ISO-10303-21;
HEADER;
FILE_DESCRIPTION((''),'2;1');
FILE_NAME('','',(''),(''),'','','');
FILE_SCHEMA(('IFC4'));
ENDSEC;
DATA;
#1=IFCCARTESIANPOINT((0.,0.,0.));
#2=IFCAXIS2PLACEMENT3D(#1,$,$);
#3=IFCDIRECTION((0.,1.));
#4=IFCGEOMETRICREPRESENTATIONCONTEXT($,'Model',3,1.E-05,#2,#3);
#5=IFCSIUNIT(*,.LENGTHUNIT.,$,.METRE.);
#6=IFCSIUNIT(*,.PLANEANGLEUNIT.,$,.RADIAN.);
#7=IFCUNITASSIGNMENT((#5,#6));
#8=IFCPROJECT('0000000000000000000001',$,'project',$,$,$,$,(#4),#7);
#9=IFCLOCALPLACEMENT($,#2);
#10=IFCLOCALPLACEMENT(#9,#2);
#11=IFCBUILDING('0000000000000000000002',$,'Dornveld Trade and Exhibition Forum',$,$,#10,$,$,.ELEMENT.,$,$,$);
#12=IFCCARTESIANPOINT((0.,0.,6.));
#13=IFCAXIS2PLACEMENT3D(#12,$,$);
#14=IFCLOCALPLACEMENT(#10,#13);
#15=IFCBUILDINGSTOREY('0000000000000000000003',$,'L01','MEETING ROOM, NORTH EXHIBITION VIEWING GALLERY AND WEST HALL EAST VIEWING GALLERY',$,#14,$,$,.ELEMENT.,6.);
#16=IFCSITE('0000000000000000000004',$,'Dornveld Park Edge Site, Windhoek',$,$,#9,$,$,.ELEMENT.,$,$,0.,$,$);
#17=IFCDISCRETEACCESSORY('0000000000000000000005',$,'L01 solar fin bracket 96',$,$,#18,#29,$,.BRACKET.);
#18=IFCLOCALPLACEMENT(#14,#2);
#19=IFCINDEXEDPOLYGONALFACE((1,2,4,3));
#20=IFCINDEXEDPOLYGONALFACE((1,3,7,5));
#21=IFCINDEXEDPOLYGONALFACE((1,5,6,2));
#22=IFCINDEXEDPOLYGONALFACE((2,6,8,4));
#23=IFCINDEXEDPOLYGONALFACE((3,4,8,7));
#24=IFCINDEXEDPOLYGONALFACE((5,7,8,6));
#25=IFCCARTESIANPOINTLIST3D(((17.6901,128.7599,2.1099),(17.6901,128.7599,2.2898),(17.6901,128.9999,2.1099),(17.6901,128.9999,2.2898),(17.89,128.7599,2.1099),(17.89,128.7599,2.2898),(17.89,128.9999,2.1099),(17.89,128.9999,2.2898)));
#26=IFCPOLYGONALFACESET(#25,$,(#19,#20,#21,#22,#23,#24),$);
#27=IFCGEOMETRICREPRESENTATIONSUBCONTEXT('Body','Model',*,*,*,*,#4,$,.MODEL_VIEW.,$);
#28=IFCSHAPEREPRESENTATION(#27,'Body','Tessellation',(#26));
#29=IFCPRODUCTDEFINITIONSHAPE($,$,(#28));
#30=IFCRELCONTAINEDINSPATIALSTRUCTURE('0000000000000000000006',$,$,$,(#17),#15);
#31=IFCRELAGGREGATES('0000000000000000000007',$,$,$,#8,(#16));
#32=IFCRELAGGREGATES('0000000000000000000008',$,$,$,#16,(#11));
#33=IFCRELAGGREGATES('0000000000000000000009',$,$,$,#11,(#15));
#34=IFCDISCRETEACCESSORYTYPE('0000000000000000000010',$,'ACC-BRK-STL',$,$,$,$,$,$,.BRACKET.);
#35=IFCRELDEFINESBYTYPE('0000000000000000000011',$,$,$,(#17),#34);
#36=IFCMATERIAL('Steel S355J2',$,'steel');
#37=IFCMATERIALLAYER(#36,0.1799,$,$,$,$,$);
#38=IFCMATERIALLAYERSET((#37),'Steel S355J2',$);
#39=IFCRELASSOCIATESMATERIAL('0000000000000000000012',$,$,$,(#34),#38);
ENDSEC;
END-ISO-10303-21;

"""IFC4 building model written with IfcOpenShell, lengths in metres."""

from ifc_helpers import new_model, si_unit, direction, frame, origin, origin_2d, place, context, subcontext, project, spatial, rectangle, extrude, material, layer, layer_set, type_object, element, save


model = new_model("IFC4")

# Units and contexts
model_context = context("Model", 3, precision=1e-05, world=origin(), true_north=direction((0.0, 1.0)))
body_context = subcontext(model_context, "Body", "Model", "MODEL_VIEW")
ifc_project = project(units=[si_unit("LENGTHUNIT", "METRE"), si_unit("PLANEANGLEUNIT", "RADIAN")], contexts=[model_context])

# Site, building, storey
site_placement = place(None, origin())
site = spatial("IfcSite", under=ifc_project, at=site_placement, Name="Dornveld Park Edge Site, Windhoek", CompositionType="ELEMENT", RefElevation=0.0)
building_placement = place(site_placement, origin())
building = spatial("IfcBuilding", under=site, at=building_placement, Name="Dornveld Trade and Exhibition Forum", CompositionType="ELEMENT")
storey_placement = place(building_placement, frame((0.0, 0.0, 6.0)))
storey = spatial("IfcBuildingStorey", under=building, at=storey_placement, Name="L01", Description="MEETING ROOM, NORTH EXHIBITION VIEWING GALLERY AND WEST HALL EAST VIEWING GALLERY", CompositionType="ELEMENT", Elevation=6.0)

# Discrete accessory
ifc_material_1 = material(Name="Steel S355J2", Category="steel")
ifc_layer_1 = layer(ifc_material_1, 0.1799)
ifc_layer_set_1 = layer_set([ifc_layer_1], Name="Steel S355J2")
discrete_accessory_type = type_object("IfcDiscreteAccessoryType", Name="ACC-BRK-STL", PredefinedType="BRACKET", material=ifc_layer_set_1)
for number, where, z_axis, x_axis, name in (
    (1, (17.79, 128.8799, 2.1099), (0.0, 0.0, 1.0), (0.0, -1.0, 0.0), "L01 solar fin bracket 96"),
):
    element("IfcDiscreteAccessory", number, at=place(storey_placement, frame(where, z_axis=z_axis, x_axis=x_axis)), inside=storey, type_object=discrete_accessory_type, Name=name, PredefinedType="BRACKET", context=body_context, shape_type="SweptSolid", body=[
        extrude(rectangle(XDim=0.24, YDim=0.2, at=origin_2d()), origin(), (0.0, 0.0, 1.0), 0.1799),
    ])

save(model, "model.ifc")
